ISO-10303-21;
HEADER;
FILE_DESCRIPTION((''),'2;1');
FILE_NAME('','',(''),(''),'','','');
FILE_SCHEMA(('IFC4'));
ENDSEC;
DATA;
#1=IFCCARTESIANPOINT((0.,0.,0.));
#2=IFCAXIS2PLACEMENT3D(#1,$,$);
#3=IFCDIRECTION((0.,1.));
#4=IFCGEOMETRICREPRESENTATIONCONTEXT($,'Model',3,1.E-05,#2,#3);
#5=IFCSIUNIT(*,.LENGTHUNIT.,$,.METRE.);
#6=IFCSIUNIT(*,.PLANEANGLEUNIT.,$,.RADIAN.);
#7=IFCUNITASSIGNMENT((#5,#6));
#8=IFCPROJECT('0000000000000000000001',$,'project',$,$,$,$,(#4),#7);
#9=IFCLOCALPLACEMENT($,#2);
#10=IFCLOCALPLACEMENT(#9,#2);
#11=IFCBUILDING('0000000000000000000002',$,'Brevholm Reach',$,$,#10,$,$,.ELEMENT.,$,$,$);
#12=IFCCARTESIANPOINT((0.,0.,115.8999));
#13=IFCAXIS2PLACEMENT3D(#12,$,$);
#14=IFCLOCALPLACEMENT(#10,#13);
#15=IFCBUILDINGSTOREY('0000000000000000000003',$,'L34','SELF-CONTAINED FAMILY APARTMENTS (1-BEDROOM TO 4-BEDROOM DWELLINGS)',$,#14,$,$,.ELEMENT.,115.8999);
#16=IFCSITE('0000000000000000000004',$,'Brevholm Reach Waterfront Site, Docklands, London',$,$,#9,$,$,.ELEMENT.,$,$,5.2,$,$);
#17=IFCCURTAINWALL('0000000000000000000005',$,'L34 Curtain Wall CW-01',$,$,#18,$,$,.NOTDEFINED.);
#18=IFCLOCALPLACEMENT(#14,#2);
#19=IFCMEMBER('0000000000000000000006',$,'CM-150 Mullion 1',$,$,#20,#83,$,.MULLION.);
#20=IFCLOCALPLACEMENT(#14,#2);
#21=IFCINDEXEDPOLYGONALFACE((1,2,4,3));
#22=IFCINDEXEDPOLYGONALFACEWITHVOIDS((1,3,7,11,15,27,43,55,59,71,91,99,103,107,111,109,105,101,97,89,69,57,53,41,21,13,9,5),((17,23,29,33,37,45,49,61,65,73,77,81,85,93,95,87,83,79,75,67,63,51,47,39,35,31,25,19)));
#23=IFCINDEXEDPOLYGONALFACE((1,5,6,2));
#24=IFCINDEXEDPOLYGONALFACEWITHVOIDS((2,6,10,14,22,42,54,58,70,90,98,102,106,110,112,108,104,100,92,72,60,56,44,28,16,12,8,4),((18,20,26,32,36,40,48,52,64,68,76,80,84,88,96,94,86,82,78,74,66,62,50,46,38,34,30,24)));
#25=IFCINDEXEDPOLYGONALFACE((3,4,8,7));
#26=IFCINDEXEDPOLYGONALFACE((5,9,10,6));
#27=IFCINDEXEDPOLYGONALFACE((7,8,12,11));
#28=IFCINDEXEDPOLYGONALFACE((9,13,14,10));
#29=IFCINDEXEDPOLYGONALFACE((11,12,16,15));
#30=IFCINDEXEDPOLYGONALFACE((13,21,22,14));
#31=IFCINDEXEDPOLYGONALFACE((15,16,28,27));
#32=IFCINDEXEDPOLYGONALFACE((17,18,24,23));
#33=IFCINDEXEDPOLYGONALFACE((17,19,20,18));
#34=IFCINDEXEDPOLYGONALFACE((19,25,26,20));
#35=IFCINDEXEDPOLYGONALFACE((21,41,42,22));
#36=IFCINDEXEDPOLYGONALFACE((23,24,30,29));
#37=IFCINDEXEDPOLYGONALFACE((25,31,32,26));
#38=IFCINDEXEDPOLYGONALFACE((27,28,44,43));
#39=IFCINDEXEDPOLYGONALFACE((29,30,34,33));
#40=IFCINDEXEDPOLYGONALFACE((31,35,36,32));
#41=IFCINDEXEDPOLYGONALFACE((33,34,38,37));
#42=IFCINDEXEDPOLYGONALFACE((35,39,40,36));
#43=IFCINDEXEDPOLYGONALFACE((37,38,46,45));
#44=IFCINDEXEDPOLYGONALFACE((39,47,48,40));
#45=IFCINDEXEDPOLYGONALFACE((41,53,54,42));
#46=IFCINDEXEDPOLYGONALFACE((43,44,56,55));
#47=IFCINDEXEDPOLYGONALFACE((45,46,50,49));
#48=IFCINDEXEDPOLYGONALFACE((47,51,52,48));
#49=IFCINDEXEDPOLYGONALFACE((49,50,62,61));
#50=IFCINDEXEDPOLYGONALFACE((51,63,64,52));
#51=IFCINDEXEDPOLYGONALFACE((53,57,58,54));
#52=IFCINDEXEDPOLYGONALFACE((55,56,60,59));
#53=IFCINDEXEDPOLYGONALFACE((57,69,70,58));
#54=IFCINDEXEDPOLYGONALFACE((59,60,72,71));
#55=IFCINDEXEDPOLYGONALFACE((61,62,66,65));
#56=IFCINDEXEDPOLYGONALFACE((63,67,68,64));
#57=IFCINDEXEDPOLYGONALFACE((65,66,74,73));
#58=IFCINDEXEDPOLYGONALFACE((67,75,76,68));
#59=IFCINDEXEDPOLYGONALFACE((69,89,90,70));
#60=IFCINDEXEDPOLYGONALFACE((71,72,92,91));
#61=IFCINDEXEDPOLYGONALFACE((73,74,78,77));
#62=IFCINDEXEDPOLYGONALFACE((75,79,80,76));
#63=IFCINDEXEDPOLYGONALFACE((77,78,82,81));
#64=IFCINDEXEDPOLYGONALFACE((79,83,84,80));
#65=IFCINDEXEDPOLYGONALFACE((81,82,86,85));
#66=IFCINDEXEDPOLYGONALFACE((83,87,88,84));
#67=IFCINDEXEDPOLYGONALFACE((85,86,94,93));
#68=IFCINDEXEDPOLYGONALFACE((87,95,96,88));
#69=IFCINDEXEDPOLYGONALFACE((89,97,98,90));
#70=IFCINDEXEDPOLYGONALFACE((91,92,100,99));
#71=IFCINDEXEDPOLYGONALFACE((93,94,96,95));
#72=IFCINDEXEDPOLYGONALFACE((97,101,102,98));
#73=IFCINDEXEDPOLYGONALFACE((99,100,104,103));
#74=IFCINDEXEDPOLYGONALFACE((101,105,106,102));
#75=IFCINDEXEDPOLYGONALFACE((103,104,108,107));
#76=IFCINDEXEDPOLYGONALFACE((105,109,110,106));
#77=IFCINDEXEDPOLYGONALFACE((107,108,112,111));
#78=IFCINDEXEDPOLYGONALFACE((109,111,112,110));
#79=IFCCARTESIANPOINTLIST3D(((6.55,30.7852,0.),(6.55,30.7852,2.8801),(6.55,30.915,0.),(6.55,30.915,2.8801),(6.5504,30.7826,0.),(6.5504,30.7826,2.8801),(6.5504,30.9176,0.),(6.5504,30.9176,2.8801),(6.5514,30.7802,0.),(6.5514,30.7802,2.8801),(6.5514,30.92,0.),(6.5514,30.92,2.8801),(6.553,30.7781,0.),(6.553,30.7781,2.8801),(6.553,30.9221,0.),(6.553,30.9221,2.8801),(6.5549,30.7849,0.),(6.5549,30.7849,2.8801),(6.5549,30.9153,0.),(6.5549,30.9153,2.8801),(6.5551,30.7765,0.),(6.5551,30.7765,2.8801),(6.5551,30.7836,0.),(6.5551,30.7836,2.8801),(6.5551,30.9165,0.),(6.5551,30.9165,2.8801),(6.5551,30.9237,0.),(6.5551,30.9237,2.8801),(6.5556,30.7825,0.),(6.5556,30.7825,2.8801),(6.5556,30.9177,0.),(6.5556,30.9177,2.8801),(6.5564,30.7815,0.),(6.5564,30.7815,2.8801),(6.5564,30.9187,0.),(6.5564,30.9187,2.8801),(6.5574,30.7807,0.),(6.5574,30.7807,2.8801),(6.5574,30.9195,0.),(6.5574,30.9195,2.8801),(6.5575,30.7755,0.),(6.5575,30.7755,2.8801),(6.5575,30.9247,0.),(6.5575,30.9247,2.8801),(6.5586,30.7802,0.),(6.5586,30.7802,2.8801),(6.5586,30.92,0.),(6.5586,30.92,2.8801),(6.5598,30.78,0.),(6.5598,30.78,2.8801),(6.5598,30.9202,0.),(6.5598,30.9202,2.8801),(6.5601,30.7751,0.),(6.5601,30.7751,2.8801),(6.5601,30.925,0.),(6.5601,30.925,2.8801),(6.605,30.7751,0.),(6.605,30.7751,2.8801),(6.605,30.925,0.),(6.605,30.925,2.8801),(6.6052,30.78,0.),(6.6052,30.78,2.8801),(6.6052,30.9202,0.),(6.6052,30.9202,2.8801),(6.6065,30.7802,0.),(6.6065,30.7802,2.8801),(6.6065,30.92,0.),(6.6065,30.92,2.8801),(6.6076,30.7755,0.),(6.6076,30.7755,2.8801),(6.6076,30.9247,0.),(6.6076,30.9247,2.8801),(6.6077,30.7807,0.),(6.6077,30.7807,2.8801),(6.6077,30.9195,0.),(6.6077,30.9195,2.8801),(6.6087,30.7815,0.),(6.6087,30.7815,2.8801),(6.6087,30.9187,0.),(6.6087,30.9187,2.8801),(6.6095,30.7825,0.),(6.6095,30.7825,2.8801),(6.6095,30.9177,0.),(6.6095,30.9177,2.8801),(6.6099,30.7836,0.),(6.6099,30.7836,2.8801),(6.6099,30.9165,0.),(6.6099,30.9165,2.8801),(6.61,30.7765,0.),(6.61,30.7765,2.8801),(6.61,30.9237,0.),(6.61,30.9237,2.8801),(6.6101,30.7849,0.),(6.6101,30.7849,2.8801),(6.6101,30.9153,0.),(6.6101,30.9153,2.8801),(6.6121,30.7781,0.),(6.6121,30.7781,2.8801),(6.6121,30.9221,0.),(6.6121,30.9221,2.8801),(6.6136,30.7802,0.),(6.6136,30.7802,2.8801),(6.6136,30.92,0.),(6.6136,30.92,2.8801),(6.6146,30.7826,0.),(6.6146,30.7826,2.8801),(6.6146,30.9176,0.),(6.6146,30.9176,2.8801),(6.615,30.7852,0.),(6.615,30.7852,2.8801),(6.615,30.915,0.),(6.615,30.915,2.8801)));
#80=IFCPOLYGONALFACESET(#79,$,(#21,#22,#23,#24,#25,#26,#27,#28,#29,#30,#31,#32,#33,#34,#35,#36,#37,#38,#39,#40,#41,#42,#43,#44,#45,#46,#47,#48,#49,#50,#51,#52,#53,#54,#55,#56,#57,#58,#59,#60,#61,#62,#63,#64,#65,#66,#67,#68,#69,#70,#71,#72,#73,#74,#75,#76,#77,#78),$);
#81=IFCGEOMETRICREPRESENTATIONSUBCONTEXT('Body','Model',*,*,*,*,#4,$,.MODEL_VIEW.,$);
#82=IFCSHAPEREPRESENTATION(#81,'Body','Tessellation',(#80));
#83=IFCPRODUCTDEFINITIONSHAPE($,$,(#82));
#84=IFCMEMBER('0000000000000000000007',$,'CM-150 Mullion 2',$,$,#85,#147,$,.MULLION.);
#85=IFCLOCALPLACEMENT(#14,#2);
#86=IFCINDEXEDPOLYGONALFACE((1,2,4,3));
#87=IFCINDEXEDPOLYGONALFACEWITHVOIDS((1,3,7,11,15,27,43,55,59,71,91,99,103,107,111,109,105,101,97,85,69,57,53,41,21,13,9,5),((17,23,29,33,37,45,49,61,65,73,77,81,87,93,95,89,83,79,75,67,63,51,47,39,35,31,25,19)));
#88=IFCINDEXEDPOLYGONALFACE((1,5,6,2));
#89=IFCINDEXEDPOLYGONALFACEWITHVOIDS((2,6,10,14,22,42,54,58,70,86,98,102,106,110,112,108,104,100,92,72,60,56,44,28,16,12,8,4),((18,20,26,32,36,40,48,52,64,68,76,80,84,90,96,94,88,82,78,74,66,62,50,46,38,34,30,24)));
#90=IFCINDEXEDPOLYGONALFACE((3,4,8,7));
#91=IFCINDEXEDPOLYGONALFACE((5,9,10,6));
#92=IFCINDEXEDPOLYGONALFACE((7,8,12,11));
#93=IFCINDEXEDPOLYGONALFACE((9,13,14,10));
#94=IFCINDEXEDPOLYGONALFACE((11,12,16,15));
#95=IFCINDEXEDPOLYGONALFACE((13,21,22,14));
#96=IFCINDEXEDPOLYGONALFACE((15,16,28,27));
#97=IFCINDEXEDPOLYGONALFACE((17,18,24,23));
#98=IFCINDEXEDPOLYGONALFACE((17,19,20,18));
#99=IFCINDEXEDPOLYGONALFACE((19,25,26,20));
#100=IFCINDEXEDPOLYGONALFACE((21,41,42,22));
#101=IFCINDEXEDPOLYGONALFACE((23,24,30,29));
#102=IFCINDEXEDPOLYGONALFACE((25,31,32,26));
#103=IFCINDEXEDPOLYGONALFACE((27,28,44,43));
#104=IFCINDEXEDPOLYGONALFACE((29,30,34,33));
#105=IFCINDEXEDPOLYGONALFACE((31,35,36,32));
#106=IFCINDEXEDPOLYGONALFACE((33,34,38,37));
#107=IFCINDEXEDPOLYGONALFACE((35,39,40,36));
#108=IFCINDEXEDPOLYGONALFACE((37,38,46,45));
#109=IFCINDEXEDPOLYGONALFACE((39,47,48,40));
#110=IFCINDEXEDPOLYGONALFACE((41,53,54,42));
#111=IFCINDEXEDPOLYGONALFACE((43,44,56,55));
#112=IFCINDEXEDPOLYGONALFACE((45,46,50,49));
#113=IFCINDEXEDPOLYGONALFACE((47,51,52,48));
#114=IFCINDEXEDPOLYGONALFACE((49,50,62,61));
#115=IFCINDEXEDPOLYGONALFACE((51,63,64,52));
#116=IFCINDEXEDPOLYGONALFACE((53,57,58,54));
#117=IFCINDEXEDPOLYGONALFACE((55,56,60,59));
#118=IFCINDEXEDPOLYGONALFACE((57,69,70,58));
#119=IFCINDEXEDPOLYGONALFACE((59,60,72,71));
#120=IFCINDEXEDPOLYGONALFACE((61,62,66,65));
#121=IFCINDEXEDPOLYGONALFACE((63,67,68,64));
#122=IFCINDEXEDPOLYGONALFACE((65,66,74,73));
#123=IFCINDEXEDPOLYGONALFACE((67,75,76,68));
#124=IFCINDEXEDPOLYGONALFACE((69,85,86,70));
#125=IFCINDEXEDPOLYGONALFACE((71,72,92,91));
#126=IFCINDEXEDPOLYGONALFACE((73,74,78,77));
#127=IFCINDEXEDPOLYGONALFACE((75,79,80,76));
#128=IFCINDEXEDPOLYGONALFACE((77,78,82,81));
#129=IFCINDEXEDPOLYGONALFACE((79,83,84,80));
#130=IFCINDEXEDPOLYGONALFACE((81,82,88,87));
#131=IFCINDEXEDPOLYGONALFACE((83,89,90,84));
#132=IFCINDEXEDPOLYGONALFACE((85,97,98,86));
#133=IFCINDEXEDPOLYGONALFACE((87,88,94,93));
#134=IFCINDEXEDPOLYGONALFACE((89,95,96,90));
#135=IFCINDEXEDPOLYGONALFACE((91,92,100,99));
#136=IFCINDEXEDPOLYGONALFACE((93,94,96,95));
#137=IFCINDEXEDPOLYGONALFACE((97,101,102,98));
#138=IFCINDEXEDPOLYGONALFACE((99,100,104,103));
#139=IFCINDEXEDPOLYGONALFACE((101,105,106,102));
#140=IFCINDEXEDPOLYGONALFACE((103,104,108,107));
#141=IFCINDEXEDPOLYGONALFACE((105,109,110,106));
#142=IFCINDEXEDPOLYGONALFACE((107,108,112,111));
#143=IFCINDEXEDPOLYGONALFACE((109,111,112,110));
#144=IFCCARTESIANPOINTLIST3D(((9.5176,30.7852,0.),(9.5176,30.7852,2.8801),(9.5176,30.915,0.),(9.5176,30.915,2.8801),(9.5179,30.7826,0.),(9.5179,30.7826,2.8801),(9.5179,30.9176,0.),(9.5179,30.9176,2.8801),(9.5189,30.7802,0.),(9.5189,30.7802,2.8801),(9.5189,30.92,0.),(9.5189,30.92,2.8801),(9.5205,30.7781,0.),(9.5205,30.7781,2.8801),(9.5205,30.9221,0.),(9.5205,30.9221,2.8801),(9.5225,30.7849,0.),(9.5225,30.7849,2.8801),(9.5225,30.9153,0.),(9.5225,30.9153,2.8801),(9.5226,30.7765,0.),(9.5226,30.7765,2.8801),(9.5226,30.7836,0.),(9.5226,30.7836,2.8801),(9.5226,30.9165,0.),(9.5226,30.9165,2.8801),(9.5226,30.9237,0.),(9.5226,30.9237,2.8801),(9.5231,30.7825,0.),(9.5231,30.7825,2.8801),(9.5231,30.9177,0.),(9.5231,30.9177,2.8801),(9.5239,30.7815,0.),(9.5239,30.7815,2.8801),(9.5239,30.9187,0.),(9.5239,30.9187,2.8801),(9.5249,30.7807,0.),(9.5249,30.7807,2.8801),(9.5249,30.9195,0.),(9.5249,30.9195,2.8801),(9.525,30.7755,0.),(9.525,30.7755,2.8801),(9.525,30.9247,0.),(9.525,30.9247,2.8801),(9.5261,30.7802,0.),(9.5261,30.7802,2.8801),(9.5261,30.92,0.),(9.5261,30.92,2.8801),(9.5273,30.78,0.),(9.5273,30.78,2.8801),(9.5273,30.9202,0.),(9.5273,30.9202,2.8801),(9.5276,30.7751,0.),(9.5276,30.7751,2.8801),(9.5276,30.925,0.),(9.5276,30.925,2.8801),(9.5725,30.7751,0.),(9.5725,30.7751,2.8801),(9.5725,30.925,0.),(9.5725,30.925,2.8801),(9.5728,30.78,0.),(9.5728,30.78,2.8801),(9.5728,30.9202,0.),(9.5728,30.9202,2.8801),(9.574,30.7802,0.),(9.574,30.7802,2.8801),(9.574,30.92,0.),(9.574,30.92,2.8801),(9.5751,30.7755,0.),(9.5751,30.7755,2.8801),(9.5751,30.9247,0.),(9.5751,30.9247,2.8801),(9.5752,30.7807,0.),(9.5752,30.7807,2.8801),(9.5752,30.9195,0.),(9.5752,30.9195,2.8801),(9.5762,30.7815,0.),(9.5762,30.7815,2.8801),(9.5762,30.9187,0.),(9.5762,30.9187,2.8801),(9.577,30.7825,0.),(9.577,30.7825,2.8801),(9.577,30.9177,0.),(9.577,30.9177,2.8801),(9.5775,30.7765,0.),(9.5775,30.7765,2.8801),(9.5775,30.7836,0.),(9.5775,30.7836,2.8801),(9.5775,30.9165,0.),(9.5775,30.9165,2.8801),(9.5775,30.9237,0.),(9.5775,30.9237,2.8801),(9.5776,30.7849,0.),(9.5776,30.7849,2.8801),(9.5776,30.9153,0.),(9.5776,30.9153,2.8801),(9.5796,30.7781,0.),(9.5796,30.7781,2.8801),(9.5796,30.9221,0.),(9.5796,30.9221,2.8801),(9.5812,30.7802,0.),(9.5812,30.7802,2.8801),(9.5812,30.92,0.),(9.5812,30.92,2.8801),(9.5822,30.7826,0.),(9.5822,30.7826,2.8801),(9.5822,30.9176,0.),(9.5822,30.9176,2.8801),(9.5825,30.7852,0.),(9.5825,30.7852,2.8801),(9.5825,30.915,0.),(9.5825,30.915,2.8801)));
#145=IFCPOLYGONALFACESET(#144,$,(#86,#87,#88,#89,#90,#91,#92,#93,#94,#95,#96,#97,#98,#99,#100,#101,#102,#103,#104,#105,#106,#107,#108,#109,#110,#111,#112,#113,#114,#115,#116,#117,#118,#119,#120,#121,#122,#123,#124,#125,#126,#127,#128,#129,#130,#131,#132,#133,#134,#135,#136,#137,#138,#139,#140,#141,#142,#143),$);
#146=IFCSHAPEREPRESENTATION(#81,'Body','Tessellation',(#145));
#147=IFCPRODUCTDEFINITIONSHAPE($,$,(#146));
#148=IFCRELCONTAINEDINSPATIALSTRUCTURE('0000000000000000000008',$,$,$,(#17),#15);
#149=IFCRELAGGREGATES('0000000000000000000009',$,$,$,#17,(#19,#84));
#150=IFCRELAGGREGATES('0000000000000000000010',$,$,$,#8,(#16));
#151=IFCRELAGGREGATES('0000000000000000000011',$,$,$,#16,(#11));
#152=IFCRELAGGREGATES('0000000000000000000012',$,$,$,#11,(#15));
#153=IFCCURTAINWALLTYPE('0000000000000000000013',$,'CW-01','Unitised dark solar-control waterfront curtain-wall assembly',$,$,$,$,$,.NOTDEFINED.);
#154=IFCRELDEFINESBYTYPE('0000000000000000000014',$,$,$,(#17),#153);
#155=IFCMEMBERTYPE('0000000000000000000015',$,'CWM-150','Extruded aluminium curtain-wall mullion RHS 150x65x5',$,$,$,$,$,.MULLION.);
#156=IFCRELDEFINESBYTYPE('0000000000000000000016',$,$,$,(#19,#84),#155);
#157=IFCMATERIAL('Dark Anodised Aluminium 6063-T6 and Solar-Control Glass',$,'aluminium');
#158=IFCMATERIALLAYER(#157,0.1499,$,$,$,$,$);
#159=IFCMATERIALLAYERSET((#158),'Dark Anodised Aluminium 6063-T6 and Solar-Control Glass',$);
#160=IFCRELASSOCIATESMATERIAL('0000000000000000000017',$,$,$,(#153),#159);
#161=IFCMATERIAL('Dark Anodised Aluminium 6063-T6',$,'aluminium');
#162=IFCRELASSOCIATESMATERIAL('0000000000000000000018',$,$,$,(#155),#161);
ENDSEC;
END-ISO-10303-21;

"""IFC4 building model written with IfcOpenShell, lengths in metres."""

from ifc_helpers import new_model, si_unit, direction, frame, origin, origin_2d, place, context, subcontext, project, spatial, hollow_rectangle, extrude, material, layer, layer_set, material_profile, profile_set, type_object, element, aggregate, save


model = new_model("IFC4")

# Units and contexts
model_context = context("Model", 3, precision=1e-05, world=origin(), true_north=direction((0.0, 1.0)))
body_context = subcontext(model_context, "Body", "Model", "MODEL_VIEW")
ifc_project = project(units=[si_unit("LENGTHUNIT", "METRE"), si_unit("PLANEANGLEUNIT", "RADIAN")], contexts=[model_context])

# Site, building, storey
site_placement = place(None, origin())
site = spatial("IfcSite", under=ifc_project, at=site_placement, Name="Brevholm Reach Waterfront Site, Docklands, London", CompositionType="ELEMENT", RefElevation=5.2)
building_placement = place(site_placement, origin())
building = spatial("IfcBuilding", under=site, at=building_placement, Name="Brevholm Reach", CompositionType="ELEMENT")
storey_placement = place(building_placement, frame((0.0, 0.0, 115.8999)))
storey = spatial("IfcBuildingStorey", under=building, at=storey_placement, Name="L34", Description="SELF-CONTAINED FAMILY APARTMENTS (1-BEDROOM TO 4-BEDROOM DWELLINGS)", CompositionType="ELEMENT", Elevation=115.8999)

# Curtain wall, members
ifc_material_1 = material(Name="Dark Anodised Aluminium 6063-T6 and Solar-Control Glass", Category="aluminium")
ifc_layer_1 = layer(ifc_material_1, 0.1499)
ifc_layer_set_1 = layer_set([ifc_layer_1], Name="Dark Anodised Aluminium 6063-T6 and Solar-Control Glass")
curtain_wall_type = type_object("IfcCurtainWallType", Name="CW-01", Description="Unitised dark solar-control waterfront curtain-wall assembly", PredefinedType="NOTDEFINED", material=ifc_layer_set_1)
curtain_wall_placement = place(storey_placement, origin())
curtain_wall = element("IfcCurtainWall", 1, at=curtain_wall_placement, inside=storey, type_object=curtain_wall_type, Name="L34 Curtain Wall CW-01", PredefinedType="NOTDEFINED")
ifc_material_2 = material(Name="Dark Anodised Aluminium 6063-T6", Category="aluminium")
ifc_material_profile_1 = material_profile(ifc_material_2, hollow_rectangle(XDim=0.0649, YDim=0.1499, WallThickness=0.0049, InnerFilletRadius=0.0049, OuterFilletRadius=0.01, at=origin_2d()), Name="RHS 150x65x5")
ifc_profile_set_1 = profile_set([ifc_material_profile_1], Name="Dark Anodised Aluminium 6063-T6")
member_type_1 = type_object("IfcMemberType", Name="CWM-150", Description="Extruded aluminium curtain-wall mullion RHS 150x65x5", PredefinedType="MULLION", material=ifc_profile_set_1)
member_1_placement = place(storey_placement, frame((6.5825, 30.8501, 0.0), z_axis=(0.0, 0.0, 1.0), x_axis=(1.0, 0.0, 0.0)))
member_1 = element("IfcMember", 2, at=member_1_placement, type_object=member_type_1, Name="CM-150 Mullion 1", PredefinedType="MULLION", context=body_context, shape_type="SweptSolid", body=[
    extrude(hollow_rectangle(XDim=0.0649, YDim=0.1499, WallThickness=0.0049, InnerFilletRadius=0.0049, OuterFilletRadius=0.01, at=origin_2d()), origin(), (0.0, 0.0, 1.0), 2.8801),
])
member_2_placement = place(storey_placement, frame((9.55, 30.8501, 0.0), z_axis=(0.0, 0.0, 1.0), x_axis=(1.0, 0.0, 0.0)))
member_2 = element("IfcMember", 3, at=member_2_placement, type_object=member_type_1, Name="CM-150 Mullion 2", PredefinedType="MULLION", context=body_context, shape_type="SweptSolid", body=[
    extrude(hollow_rectangle(XDim=0.0649, YDim=0.1499, WallThickness=0.0049, InnerFilletRadius=0.0049, OuterFilletRadius=0.01, at=origin_2d()), origin(), (0.0, 0.0, 1.0), 2.8801),
])
aggregate(curtain_wall, [member_1, member_2])

save(model, "model.ifc")
